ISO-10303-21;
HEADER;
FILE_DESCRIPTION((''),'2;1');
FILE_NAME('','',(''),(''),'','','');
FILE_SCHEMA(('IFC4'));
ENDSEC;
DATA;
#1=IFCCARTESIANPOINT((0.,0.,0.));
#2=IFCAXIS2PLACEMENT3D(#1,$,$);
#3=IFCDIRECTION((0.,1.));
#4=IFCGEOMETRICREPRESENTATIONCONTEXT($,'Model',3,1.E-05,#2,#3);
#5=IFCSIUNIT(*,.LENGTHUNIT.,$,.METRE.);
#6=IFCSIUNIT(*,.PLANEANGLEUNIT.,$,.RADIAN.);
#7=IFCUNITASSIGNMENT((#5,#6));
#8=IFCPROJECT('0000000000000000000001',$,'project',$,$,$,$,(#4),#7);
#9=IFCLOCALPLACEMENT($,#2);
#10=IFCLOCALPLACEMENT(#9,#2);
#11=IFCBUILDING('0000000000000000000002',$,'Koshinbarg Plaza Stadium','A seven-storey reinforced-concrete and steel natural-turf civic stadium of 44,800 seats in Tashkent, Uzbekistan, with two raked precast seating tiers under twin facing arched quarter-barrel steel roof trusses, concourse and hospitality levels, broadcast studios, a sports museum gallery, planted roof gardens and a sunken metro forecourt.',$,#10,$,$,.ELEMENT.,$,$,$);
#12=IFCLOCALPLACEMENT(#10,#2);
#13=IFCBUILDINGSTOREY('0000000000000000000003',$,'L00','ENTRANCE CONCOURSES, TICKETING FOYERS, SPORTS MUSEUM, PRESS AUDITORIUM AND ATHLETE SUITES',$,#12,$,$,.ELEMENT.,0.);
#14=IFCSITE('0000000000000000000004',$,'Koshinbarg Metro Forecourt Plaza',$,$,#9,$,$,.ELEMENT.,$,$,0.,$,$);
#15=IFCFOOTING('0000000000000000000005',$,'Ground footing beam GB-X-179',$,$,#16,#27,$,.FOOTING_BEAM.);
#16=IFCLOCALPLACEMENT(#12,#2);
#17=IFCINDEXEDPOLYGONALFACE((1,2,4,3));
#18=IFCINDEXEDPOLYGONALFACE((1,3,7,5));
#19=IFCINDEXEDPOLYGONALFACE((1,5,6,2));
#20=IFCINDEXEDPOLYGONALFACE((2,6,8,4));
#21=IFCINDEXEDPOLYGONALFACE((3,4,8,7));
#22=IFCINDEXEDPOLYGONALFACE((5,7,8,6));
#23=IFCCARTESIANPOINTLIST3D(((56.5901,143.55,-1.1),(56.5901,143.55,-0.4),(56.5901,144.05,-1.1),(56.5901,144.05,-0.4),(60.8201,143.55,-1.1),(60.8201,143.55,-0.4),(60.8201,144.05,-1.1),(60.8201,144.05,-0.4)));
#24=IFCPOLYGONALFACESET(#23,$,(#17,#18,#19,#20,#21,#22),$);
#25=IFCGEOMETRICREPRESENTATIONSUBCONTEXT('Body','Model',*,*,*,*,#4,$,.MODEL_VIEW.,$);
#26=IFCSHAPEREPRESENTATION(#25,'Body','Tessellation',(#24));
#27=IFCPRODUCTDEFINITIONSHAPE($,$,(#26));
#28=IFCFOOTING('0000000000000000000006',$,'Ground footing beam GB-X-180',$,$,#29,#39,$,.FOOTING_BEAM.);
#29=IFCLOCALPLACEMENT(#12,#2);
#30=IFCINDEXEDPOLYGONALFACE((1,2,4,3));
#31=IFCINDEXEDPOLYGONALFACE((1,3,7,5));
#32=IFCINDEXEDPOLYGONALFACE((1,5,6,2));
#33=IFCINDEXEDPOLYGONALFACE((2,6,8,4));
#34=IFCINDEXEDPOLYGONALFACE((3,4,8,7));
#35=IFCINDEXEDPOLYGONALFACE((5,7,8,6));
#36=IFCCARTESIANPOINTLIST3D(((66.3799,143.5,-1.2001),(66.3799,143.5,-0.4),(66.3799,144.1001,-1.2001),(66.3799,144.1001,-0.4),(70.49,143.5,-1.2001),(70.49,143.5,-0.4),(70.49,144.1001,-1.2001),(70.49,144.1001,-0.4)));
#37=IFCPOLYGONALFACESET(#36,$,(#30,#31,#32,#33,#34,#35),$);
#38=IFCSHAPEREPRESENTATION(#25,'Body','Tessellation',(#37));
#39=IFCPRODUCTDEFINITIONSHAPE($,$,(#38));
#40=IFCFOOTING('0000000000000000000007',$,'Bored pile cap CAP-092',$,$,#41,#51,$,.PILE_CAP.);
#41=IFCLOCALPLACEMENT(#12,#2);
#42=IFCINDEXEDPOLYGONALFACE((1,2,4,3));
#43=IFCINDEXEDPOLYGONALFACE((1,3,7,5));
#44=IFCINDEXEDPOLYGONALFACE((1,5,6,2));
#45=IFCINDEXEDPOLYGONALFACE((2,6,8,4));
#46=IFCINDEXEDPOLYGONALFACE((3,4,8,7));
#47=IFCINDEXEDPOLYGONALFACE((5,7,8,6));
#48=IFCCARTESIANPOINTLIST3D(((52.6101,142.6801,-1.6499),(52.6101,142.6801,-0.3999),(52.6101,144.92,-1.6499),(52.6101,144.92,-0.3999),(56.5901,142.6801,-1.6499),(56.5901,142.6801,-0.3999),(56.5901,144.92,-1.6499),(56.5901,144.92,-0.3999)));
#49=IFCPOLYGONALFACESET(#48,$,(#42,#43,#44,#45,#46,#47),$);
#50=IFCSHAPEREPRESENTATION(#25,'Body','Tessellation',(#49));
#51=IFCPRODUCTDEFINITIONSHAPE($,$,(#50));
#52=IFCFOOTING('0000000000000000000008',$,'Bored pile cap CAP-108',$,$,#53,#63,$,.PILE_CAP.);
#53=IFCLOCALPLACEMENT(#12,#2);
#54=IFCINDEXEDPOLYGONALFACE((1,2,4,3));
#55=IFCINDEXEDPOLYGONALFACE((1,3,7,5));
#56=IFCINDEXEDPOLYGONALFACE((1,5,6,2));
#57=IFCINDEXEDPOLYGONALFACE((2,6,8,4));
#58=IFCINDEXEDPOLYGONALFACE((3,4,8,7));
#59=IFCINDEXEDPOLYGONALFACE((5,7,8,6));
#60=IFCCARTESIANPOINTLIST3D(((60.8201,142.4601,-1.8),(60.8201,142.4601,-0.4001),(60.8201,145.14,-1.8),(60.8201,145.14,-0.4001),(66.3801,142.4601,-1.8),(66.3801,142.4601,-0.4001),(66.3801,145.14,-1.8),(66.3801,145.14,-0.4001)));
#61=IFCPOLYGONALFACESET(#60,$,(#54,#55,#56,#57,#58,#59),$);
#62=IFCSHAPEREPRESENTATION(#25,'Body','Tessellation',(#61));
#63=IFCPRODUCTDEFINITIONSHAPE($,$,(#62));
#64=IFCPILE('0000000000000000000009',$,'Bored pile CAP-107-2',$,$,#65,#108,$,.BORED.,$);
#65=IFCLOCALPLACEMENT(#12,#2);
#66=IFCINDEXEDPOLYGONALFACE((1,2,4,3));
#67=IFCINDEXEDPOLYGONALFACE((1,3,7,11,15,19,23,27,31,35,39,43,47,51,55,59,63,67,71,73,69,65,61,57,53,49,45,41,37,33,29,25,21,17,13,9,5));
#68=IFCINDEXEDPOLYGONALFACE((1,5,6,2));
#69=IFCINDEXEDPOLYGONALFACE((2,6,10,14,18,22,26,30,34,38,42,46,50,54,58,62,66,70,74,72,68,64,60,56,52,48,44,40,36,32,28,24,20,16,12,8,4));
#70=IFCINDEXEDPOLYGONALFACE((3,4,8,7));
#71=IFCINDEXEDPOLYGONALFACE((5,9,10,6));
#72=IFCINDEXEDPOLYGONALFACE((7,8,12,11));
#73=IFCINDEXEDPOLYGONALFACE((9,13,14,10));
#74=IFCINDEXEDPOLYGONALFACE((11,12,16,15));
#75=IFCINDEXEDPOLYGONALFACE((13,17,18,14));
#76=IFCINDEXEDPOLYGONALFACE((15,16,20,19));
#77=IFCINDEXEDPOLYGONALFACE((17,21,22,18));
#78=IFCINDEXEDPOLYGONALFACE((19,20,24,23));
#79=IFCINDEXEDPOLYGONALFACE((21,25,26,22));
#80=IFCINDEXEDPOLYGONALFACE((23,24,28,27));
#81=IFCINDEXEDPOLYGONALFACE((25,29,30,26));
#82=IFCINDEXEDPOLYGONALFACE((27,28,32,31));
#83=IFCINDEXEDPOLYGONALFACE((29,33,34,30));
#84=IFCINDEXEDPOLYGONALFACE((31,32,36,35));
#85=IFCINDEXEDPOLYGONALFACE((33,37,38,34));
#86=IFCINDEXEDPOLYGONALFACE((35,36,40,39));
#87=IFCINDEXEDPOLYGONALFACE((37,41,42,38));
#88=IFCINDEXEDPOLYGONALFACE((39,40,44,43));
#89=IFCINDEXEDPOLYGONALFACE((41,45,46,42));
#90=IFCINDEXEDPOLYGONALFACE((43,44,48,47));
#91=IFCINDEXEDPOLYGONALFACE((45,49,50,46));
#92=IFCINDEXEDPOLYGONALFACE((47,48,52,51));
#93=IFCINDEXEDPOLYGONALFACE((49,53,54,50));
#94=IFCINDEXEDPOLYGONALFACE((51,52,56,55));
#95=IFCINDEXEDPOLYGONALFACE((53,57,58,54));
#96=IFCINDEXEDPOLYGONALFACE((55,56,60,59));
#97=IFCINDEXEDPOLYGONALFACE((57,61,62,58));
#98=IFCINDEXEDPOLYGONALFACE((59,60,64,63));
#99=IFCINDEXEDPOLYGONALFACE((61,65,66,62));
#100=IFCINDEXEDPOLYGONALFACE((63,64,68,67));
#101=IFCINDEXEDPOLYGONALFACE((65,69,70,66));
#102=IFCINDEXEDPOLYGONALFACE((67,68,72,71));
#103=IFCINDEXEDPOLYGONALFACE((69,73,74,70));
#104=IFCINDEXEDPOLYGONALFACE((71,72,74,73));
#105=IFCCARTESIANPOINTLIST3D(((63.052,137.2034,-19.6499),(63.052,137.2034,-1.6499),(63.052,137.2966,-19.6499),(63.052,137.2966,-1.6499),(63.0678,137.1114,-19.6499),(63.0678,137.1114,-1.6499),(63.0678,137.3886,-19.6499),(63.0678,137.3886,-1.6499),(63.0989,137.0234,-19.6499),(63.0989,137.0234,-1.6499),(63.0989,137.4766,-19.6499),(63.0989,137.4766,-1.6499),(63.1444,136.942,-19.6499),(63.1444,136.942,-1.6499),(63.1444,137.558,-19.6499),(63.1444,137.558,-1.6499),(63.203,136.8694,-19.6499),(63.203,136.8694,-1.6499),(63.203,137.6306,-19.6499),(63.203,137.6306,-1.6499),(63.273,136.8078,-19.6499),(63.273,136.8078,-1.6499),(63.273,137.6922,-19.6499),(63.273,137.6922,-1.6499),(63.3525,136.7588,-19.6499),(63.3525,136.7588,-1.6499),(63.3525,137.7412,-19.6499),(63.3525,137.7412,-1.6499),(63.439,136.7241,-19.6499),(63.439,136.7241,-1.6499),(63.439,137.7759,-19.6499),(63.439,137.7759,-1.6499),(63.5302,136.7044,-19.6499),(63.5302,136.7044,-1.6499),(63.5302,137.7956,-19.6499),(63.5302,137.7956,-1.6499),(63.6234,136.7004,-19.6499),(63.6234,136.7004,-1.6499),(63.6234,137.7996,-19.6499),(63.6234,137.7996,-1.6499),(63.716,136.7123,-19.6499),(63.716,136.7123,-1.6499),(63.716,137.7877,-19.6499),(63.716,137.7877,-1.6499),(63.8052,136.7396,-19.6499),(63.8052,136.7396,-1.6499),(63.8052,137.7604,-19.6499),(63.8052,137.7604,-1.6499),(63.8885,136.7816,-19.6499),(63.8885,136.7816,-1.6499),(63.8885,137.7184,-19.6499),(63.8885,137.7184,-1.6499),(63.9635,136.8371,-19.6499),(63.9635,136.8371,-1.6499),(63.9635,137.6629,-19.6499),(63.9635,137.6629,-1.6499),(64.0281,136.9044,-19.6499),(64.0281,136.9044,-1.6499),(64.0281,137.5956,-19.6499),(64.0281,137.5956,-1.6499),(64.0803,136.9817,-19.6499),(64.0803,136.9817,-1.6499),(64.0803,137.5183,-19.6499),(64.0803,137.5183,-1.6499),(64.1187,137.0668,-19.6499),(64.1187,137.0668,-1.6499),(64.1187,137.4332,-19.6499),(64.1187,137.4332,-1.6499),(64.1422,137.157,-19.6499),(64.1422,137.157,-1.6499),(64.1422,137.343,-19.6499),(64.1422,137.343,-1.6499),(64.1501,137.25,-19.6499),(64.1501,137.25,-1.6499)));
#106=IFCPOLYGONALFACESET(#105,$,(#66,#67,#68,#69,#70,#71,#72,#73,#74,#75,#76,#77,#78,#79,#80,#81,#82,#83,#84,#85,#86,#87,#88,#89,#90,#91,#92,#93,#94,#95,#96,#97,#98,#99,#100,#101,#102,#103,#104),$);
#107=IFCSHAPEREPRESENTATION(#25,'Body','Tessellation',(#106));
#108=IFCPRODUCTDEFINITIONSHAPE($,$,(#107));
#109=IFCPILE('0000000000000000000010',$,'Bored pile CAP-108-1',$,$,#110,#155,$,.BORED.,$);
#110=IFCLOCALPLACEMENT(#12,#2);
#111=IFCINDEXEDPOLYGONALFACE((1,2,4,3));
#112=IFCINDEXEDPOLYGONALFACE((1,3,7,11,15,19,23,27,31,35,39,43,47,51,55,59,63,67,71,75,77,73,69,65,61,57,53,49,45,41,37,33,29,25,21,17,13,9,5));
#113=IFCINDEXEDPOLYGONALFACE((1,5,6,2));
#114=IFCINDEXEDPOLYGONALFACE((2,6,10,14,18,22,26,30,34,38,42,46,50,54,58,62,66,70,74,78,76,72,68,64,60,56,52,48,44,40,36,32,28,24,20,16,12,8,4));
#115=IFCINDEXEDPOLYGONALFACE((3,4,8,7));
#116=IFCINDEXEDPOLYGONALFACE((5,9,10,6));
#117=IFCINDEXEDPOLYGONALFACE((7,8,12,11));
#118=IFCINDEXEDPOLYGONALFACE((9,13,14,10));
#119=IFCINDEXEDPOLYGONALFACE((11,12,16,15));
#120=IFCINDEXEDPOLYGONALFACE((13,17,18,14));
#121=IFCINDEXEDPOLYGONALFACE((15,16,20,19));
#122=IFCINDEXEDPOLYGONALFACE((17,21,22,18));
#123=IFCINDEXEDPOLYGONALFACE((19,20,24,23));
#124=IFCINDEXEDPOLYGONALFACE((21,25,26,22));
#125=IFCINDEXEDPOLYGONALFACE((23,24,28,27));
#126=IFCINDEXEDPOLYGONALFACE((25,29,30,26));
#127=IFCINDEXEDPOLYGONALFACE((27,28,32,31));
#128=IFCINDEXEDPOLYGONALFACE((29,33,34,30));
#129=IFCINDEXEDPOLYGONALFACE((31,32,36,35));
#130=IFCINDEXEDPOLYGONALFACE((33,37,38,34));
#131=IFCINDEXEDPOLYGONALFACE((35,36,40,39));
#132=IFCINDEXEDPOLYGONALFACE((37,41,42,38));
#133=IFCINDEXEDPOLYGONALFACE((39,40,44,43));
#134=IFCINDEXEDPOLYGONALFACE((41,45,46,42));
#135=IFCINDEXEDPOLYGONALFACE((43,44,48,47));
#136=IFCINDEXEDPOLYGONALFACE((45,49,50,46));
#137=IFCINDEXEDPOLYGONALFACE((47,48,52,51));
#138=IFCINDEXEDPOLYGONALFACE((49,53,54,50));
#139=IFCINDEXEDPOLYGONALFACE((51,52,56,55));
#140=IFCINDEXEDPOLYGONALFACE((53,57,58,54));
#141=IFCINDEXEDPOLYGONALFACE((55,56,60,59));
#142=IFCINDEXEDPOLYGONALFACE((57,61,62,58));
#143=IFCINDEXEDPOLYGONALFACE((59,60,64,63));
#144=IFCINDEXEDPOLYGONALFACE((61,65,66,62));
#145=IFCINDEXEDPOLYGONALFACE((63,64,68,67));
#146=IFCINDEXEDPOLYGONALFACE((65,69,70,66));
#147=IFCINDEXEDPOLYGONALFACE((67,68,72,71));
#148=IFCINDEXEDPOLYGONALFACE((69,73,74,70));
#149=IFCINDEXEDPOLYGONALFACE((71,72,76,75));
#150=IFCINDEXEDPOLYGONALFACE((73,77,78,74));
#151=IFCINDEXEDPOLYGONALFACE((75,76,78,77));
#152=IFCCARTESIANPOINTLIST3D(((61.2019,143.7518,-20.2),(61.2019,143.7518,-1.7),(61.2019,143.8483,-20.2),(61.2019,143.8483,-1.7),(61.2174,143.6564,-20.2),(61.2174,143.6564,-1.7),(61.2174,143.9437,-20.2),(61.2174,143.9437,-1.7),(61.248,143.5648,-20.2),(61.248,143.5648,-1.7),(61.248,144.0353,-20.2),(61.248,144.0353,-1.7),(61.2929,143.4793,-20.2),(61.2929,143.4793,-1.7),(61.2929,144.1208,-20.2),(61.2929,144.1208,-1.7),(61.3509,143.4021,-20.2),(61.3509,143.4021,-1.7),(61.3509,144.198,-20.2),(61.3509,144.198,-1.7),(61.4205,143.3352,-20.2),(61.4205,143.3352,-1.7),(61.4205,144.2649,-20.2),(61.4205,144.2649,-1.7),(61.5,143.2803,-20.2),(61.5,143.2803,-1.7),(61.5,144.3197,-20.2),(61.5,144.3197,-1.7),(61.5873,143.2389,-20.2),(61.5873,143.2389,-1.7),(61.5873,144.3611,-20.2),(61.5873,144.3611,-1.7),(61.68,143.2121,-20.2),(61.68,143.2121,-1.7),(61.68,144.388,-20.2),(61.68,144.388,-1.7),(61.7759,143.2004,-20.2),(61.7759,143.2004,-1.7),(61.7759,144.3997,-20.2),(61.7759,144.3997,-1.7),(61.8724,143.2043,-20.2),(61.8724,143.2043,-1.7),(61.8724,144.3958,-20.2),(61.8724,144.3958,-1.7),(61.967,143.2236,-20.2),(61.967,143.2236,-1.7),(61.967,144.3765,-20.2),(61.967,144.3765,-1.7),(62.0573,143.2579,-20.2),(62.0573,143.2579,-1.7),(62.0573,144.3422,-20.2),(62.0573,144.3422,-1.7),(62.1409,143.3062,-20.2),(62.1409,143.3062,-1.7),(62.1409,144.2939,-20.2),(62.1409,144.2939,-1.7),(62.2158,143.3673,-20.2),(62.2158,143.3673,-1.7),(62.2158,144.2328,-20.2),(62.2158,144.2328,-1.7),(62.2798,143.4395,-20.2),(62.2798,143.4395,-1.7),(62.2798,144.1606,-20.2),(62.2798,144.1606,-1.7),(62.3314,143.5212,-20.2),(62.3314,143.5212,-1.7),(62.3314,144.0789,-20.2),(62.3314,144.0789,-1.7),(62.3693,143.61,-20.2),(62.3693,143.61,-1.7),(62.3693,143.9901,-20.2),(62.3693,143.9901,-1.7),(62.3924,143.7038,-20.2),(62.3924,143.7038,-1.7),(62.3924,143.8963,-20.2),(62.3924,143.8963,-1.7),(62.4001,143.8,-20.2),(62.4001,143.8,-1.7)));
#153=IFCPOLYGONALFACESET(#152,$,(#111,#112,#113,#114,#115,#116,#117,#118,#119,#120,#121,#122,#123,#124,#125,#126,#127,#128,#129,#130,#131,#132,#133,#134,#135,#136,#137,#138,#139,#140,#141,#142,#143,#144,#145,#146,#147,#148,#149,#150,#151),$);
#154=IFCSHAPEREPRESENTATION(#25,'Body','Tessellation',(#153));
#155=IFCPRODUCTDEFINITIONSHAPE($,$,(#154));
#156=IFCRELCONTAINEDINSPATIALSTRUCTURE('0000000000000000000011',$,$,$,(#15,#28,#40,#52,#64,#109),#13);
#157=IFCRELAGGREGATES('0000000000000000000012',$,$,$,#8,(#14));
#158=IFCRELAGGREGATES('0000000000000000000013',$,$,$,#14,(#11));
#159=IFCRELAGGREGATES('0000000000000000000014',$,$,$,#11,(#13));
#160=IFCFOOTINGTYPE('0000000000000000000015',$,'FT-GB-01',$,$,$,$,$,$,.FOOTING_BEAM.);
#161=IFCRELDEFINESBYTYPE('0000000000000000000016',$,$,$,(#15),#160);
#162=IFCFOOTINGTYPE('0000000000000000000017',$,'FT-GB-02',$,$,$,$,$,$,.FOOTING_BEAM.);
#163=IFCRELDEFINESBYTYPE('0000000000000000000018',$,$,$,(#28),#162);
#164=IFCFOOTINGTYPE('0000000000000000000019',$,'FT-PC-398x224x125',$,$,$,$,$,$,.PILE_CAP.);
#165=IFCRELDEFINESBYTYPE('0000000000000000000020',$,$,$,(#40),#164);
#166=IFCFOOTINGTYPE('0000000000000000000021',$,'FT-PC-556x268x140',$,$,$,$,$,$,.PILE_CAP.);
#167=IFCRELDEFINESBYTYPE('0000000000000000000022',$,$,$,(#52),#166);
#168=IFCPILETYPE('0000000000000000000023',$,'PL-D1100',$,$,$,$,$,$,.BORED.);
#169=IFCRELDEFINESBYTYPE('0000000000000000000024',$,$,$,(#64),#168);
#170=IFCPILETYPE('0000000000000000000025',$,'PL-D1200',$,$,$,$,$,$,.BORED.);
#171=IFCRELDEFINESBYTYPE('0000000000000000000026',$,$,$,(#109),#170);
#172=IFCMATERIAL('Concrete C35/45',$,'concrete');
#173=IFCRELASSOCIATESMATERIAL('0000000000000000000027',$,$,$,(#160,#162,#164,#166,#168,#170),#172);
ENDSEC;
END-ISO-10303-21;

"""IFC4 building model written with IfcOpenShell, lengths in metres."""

from ifc_helpers import new_model, si_unit, direction, frame, origin, origin_2d, place, context, subcontext, project, spatial, rectangle, circle, extrude, material, material_profile, profile_set, type_object, element, save


model = new_model("IFC4")

# Units and contexts
model_context = context("Model", 3, precision=1e-05, world=origin(), true_north=direction((0.0, 1.0)))
body_context = subcontext(model_context, "Body", "Model", "MODEL_VIEW")
ifc_project = project(units=[si_unit("LENGTHUNIT", "METRE"), si_unit("PLANEANGLEUNIT", "RADIAN")], contexts=[model_context])

# Site, building, storey
site_placement = place(None, origin())
site = spatial("IfcSite", under=ifc_project, at=site_placement, Name="Koshinbarg Metro Forecourt Plaza", CompositionType="ELEMENT", RefElevation=0.0)
building_placement = place(site_placement, origin())
building = spatial("IfcBuilding", under=site, at=building_placement, Name="Koshinbarg Plaza Stadium", Description="A seven-storey reinforced-concrete and steel natural-turf civic stadium of 44,800 seats in Tashkent, Uzbekistan, with two raked precast seating tiers under twin facing arched quarter-barrel steel roof trusses, concourse and hospitality levels, broadcast studios, a sports museum gallery, planted roof gardens and a sunken metro forecourt.", CompositionType="ELEMENT")
storey_placement = place(building_placement, origin())
storey = spatial("IfcBuildingStorey", under=building, at=storey_placement, Name="L00", Description="ENTRANCE CONCOURSES, TICKETING FOYERS, SPORTS MUSEUM, PRESS AUDITORIUM AND ATHLETE SUITES", CompositionType="ELEMENT", Elevation=0.0)

# Footings
ifc_material_1 = material(Name="Concrete C35/45", Category="concrete")
ifc_material_profile_1 = material_profile(ifc_material_1, rectangle(XDim=0.5, YDim=0.7, at=origin_2d()), Name="GB 500x700")
ifc_profile_set_1 = profile_set([ifc_material_profile_1], Name="Concrete C35/45")
footing_type_1 = type_object("IfcFootingType", Name="FT-GB-01", PredefinedType="FOOTING_BEAM", material=ifc_profile_set_1)
footing_1_placement = place(storey_placement, frame((56.5901, 143.8, -0.75), z_axis=(1.0, 0.0, 0.0), x_axis=(0.0, 1.0, 0.0)))
element("IfcFooting", 1, at=footing_1_placement, inside=storey, type_object=footing_type_1, Name="Ground footing beam GB-X-179", PredefinedType="FOOTING_BEAM", context=body_context, shape_type="SweptSolid", body=[
    extrude(rectangle(XDim=0.5, YDim=0.7, at=origin_2d()), origin(), (0.0, 0.0, 1.0), 4.23),
])
ifc_material_profile_2 = material_profile(ifc_material_1, rectangle(XDim=0.6001, YDim=0.8, at=origin_2d()), Name="GB 600x800")
ifc_profile_set_2 = profile_set([ifc_material_profile_2], Name="Concrete C35/45")
footing_type_2 = type_object("IfcFootingType", Name="FT-GB-02", PredefinedType="FOOTING_BEAM", material=ifc_profile_set_2)
footing_2_placement = place(storey_placement, frame((66.3799, 143.8, -0.8), z_axis=(1.0, 0.0, 0.0), x_axis=(0.0, 1.0, 0.0)))
element("IfcFooting", 2, at=footing_2_placement, inside=storey, type_object=footing_type_2, Name="Ground footing beam GB-X-180", PredefinedType="FOOTING_BEAM", context=body_context, shape_type="SweptSolid", body=[
    extrude(rectangle(XDim=0.6001, YDim=0.8, at=origin_2d()), origin(), (0.0, 0.0, 1.0), 4.1101),
])
footing_type_3 = type_object("IfcFootingType", Name="FT-PC-398x224x125", PredefinedType="PILE_CAP", material=ifc_material_1)
footing_3_placement = place(storey_placement, frame((54.6001, 143.8, -1.6499), z_axis=(0.0, 0.0, 1.0), x_axis=(1.0, 0.0, 0.0)))
element("IfcFooting", 3, at=footing_3_placement, inside=storey, type_object=footing_type_3, Name="Bored pile cap CAP-092", PredefinedType="PILE_CAP", context=body_context, shape_type="SweptSolid", body=[
    extrude(rectangle(XDim=3.98, YDim=2.24, at=origin_2d()), origin(), (0.0, 0.0, 1.0), 1.25),
])
footing_type_4 = type_object("IfcFootingType", Name="FT-PC-556x268x140", PredefinedType="PILE_CAP", material=ifc_material_1)
footing_4_placement = place(storey_placement, frame((63.6001, 143.8, -1.8), z_axis=(0.0, 0.0, 1.0), x_axis=(1.0, 0.0, 0.0)))
element("IfcFooting", 4, at=footing_4_placement, inside=storey, type_object=footing_type_4, Name="Bored pile cap CAP-108", PredefinedType="PILE_CAP", context=body_context, shape_type="SweptSolid", body=[
    extrude(rectangle(XDim=5.5601, YDim=2.6799, at=origin_2d()), origin(), (0.0, 0.0, 1.0), 1.3999),
])

# Piles
ifc_material_profile_3 = material_profile(ifc_material_1, circle(Radius=0.55, at=origin_2d()), Name="PILE D1100")
ifc_profile_set_3 = profile_set([ifc_material_profile_3], Name="Concrete C35/45")
pile_type_1 = type_object("IfcPileType", Name="PL-D1100", PredefinedType="BORED", material=ifc_profile_set_3)
pile_1_placement = place(storey_placement, frame((63.6001, 137.25, -1.6499), z_axis=(0.0, 0.0, -1.0), x_axis=(1.0, 0.0, 0.0)))
element("IfcPile", 5, at=pile_1_placement, inside=storey, type_object=pile_type_1, Name="Bored pile CAP-107-2", PredefinedType="BORED", context=body_context, shape_type="SweptSolid", body=[
    extrude(circle(Radius=0.55, at=origin_2d()), origin(), (0.0, 0.0, 1.0), 18.0),
])
ifc_material_profile_4 = material_profile(ifc_material_1, circle(Radius=0.6001, at=origin_2d()), Name="PILE D1200")
ifc_profile_set_4 = profile_set([ifc_material_profile_4], Name="Concrete C35/45")
pile_type_2 = type_object("IfcPileType", Name="PL-D1200", PredefinedType="BORED", material=ifc_profile_set_4)
for number, where, z_axis, x_axis, name in (
    (6, (61.8, 143.8, -1.7), (0.0, 0.0, -1.0), (1.0, 0.0, 0.0), "Bored pile CAP-108-1"),
):
    element("IfcPile", number, at=place(storey_placement, frame(where, z_axis=z_axis, x_axis=x_axis)), inside=storey, type_object=pile_type_2, Name=name, PredefinedType="BORED", context=body_context, shape_type="SweptSolid", body=[
        extrude(circle(Radius=0.6001, at=origin_2d()), origin(), (0.0, 0.0, 1.0), 18.5),
    ])

save(model, "model.ifc")
